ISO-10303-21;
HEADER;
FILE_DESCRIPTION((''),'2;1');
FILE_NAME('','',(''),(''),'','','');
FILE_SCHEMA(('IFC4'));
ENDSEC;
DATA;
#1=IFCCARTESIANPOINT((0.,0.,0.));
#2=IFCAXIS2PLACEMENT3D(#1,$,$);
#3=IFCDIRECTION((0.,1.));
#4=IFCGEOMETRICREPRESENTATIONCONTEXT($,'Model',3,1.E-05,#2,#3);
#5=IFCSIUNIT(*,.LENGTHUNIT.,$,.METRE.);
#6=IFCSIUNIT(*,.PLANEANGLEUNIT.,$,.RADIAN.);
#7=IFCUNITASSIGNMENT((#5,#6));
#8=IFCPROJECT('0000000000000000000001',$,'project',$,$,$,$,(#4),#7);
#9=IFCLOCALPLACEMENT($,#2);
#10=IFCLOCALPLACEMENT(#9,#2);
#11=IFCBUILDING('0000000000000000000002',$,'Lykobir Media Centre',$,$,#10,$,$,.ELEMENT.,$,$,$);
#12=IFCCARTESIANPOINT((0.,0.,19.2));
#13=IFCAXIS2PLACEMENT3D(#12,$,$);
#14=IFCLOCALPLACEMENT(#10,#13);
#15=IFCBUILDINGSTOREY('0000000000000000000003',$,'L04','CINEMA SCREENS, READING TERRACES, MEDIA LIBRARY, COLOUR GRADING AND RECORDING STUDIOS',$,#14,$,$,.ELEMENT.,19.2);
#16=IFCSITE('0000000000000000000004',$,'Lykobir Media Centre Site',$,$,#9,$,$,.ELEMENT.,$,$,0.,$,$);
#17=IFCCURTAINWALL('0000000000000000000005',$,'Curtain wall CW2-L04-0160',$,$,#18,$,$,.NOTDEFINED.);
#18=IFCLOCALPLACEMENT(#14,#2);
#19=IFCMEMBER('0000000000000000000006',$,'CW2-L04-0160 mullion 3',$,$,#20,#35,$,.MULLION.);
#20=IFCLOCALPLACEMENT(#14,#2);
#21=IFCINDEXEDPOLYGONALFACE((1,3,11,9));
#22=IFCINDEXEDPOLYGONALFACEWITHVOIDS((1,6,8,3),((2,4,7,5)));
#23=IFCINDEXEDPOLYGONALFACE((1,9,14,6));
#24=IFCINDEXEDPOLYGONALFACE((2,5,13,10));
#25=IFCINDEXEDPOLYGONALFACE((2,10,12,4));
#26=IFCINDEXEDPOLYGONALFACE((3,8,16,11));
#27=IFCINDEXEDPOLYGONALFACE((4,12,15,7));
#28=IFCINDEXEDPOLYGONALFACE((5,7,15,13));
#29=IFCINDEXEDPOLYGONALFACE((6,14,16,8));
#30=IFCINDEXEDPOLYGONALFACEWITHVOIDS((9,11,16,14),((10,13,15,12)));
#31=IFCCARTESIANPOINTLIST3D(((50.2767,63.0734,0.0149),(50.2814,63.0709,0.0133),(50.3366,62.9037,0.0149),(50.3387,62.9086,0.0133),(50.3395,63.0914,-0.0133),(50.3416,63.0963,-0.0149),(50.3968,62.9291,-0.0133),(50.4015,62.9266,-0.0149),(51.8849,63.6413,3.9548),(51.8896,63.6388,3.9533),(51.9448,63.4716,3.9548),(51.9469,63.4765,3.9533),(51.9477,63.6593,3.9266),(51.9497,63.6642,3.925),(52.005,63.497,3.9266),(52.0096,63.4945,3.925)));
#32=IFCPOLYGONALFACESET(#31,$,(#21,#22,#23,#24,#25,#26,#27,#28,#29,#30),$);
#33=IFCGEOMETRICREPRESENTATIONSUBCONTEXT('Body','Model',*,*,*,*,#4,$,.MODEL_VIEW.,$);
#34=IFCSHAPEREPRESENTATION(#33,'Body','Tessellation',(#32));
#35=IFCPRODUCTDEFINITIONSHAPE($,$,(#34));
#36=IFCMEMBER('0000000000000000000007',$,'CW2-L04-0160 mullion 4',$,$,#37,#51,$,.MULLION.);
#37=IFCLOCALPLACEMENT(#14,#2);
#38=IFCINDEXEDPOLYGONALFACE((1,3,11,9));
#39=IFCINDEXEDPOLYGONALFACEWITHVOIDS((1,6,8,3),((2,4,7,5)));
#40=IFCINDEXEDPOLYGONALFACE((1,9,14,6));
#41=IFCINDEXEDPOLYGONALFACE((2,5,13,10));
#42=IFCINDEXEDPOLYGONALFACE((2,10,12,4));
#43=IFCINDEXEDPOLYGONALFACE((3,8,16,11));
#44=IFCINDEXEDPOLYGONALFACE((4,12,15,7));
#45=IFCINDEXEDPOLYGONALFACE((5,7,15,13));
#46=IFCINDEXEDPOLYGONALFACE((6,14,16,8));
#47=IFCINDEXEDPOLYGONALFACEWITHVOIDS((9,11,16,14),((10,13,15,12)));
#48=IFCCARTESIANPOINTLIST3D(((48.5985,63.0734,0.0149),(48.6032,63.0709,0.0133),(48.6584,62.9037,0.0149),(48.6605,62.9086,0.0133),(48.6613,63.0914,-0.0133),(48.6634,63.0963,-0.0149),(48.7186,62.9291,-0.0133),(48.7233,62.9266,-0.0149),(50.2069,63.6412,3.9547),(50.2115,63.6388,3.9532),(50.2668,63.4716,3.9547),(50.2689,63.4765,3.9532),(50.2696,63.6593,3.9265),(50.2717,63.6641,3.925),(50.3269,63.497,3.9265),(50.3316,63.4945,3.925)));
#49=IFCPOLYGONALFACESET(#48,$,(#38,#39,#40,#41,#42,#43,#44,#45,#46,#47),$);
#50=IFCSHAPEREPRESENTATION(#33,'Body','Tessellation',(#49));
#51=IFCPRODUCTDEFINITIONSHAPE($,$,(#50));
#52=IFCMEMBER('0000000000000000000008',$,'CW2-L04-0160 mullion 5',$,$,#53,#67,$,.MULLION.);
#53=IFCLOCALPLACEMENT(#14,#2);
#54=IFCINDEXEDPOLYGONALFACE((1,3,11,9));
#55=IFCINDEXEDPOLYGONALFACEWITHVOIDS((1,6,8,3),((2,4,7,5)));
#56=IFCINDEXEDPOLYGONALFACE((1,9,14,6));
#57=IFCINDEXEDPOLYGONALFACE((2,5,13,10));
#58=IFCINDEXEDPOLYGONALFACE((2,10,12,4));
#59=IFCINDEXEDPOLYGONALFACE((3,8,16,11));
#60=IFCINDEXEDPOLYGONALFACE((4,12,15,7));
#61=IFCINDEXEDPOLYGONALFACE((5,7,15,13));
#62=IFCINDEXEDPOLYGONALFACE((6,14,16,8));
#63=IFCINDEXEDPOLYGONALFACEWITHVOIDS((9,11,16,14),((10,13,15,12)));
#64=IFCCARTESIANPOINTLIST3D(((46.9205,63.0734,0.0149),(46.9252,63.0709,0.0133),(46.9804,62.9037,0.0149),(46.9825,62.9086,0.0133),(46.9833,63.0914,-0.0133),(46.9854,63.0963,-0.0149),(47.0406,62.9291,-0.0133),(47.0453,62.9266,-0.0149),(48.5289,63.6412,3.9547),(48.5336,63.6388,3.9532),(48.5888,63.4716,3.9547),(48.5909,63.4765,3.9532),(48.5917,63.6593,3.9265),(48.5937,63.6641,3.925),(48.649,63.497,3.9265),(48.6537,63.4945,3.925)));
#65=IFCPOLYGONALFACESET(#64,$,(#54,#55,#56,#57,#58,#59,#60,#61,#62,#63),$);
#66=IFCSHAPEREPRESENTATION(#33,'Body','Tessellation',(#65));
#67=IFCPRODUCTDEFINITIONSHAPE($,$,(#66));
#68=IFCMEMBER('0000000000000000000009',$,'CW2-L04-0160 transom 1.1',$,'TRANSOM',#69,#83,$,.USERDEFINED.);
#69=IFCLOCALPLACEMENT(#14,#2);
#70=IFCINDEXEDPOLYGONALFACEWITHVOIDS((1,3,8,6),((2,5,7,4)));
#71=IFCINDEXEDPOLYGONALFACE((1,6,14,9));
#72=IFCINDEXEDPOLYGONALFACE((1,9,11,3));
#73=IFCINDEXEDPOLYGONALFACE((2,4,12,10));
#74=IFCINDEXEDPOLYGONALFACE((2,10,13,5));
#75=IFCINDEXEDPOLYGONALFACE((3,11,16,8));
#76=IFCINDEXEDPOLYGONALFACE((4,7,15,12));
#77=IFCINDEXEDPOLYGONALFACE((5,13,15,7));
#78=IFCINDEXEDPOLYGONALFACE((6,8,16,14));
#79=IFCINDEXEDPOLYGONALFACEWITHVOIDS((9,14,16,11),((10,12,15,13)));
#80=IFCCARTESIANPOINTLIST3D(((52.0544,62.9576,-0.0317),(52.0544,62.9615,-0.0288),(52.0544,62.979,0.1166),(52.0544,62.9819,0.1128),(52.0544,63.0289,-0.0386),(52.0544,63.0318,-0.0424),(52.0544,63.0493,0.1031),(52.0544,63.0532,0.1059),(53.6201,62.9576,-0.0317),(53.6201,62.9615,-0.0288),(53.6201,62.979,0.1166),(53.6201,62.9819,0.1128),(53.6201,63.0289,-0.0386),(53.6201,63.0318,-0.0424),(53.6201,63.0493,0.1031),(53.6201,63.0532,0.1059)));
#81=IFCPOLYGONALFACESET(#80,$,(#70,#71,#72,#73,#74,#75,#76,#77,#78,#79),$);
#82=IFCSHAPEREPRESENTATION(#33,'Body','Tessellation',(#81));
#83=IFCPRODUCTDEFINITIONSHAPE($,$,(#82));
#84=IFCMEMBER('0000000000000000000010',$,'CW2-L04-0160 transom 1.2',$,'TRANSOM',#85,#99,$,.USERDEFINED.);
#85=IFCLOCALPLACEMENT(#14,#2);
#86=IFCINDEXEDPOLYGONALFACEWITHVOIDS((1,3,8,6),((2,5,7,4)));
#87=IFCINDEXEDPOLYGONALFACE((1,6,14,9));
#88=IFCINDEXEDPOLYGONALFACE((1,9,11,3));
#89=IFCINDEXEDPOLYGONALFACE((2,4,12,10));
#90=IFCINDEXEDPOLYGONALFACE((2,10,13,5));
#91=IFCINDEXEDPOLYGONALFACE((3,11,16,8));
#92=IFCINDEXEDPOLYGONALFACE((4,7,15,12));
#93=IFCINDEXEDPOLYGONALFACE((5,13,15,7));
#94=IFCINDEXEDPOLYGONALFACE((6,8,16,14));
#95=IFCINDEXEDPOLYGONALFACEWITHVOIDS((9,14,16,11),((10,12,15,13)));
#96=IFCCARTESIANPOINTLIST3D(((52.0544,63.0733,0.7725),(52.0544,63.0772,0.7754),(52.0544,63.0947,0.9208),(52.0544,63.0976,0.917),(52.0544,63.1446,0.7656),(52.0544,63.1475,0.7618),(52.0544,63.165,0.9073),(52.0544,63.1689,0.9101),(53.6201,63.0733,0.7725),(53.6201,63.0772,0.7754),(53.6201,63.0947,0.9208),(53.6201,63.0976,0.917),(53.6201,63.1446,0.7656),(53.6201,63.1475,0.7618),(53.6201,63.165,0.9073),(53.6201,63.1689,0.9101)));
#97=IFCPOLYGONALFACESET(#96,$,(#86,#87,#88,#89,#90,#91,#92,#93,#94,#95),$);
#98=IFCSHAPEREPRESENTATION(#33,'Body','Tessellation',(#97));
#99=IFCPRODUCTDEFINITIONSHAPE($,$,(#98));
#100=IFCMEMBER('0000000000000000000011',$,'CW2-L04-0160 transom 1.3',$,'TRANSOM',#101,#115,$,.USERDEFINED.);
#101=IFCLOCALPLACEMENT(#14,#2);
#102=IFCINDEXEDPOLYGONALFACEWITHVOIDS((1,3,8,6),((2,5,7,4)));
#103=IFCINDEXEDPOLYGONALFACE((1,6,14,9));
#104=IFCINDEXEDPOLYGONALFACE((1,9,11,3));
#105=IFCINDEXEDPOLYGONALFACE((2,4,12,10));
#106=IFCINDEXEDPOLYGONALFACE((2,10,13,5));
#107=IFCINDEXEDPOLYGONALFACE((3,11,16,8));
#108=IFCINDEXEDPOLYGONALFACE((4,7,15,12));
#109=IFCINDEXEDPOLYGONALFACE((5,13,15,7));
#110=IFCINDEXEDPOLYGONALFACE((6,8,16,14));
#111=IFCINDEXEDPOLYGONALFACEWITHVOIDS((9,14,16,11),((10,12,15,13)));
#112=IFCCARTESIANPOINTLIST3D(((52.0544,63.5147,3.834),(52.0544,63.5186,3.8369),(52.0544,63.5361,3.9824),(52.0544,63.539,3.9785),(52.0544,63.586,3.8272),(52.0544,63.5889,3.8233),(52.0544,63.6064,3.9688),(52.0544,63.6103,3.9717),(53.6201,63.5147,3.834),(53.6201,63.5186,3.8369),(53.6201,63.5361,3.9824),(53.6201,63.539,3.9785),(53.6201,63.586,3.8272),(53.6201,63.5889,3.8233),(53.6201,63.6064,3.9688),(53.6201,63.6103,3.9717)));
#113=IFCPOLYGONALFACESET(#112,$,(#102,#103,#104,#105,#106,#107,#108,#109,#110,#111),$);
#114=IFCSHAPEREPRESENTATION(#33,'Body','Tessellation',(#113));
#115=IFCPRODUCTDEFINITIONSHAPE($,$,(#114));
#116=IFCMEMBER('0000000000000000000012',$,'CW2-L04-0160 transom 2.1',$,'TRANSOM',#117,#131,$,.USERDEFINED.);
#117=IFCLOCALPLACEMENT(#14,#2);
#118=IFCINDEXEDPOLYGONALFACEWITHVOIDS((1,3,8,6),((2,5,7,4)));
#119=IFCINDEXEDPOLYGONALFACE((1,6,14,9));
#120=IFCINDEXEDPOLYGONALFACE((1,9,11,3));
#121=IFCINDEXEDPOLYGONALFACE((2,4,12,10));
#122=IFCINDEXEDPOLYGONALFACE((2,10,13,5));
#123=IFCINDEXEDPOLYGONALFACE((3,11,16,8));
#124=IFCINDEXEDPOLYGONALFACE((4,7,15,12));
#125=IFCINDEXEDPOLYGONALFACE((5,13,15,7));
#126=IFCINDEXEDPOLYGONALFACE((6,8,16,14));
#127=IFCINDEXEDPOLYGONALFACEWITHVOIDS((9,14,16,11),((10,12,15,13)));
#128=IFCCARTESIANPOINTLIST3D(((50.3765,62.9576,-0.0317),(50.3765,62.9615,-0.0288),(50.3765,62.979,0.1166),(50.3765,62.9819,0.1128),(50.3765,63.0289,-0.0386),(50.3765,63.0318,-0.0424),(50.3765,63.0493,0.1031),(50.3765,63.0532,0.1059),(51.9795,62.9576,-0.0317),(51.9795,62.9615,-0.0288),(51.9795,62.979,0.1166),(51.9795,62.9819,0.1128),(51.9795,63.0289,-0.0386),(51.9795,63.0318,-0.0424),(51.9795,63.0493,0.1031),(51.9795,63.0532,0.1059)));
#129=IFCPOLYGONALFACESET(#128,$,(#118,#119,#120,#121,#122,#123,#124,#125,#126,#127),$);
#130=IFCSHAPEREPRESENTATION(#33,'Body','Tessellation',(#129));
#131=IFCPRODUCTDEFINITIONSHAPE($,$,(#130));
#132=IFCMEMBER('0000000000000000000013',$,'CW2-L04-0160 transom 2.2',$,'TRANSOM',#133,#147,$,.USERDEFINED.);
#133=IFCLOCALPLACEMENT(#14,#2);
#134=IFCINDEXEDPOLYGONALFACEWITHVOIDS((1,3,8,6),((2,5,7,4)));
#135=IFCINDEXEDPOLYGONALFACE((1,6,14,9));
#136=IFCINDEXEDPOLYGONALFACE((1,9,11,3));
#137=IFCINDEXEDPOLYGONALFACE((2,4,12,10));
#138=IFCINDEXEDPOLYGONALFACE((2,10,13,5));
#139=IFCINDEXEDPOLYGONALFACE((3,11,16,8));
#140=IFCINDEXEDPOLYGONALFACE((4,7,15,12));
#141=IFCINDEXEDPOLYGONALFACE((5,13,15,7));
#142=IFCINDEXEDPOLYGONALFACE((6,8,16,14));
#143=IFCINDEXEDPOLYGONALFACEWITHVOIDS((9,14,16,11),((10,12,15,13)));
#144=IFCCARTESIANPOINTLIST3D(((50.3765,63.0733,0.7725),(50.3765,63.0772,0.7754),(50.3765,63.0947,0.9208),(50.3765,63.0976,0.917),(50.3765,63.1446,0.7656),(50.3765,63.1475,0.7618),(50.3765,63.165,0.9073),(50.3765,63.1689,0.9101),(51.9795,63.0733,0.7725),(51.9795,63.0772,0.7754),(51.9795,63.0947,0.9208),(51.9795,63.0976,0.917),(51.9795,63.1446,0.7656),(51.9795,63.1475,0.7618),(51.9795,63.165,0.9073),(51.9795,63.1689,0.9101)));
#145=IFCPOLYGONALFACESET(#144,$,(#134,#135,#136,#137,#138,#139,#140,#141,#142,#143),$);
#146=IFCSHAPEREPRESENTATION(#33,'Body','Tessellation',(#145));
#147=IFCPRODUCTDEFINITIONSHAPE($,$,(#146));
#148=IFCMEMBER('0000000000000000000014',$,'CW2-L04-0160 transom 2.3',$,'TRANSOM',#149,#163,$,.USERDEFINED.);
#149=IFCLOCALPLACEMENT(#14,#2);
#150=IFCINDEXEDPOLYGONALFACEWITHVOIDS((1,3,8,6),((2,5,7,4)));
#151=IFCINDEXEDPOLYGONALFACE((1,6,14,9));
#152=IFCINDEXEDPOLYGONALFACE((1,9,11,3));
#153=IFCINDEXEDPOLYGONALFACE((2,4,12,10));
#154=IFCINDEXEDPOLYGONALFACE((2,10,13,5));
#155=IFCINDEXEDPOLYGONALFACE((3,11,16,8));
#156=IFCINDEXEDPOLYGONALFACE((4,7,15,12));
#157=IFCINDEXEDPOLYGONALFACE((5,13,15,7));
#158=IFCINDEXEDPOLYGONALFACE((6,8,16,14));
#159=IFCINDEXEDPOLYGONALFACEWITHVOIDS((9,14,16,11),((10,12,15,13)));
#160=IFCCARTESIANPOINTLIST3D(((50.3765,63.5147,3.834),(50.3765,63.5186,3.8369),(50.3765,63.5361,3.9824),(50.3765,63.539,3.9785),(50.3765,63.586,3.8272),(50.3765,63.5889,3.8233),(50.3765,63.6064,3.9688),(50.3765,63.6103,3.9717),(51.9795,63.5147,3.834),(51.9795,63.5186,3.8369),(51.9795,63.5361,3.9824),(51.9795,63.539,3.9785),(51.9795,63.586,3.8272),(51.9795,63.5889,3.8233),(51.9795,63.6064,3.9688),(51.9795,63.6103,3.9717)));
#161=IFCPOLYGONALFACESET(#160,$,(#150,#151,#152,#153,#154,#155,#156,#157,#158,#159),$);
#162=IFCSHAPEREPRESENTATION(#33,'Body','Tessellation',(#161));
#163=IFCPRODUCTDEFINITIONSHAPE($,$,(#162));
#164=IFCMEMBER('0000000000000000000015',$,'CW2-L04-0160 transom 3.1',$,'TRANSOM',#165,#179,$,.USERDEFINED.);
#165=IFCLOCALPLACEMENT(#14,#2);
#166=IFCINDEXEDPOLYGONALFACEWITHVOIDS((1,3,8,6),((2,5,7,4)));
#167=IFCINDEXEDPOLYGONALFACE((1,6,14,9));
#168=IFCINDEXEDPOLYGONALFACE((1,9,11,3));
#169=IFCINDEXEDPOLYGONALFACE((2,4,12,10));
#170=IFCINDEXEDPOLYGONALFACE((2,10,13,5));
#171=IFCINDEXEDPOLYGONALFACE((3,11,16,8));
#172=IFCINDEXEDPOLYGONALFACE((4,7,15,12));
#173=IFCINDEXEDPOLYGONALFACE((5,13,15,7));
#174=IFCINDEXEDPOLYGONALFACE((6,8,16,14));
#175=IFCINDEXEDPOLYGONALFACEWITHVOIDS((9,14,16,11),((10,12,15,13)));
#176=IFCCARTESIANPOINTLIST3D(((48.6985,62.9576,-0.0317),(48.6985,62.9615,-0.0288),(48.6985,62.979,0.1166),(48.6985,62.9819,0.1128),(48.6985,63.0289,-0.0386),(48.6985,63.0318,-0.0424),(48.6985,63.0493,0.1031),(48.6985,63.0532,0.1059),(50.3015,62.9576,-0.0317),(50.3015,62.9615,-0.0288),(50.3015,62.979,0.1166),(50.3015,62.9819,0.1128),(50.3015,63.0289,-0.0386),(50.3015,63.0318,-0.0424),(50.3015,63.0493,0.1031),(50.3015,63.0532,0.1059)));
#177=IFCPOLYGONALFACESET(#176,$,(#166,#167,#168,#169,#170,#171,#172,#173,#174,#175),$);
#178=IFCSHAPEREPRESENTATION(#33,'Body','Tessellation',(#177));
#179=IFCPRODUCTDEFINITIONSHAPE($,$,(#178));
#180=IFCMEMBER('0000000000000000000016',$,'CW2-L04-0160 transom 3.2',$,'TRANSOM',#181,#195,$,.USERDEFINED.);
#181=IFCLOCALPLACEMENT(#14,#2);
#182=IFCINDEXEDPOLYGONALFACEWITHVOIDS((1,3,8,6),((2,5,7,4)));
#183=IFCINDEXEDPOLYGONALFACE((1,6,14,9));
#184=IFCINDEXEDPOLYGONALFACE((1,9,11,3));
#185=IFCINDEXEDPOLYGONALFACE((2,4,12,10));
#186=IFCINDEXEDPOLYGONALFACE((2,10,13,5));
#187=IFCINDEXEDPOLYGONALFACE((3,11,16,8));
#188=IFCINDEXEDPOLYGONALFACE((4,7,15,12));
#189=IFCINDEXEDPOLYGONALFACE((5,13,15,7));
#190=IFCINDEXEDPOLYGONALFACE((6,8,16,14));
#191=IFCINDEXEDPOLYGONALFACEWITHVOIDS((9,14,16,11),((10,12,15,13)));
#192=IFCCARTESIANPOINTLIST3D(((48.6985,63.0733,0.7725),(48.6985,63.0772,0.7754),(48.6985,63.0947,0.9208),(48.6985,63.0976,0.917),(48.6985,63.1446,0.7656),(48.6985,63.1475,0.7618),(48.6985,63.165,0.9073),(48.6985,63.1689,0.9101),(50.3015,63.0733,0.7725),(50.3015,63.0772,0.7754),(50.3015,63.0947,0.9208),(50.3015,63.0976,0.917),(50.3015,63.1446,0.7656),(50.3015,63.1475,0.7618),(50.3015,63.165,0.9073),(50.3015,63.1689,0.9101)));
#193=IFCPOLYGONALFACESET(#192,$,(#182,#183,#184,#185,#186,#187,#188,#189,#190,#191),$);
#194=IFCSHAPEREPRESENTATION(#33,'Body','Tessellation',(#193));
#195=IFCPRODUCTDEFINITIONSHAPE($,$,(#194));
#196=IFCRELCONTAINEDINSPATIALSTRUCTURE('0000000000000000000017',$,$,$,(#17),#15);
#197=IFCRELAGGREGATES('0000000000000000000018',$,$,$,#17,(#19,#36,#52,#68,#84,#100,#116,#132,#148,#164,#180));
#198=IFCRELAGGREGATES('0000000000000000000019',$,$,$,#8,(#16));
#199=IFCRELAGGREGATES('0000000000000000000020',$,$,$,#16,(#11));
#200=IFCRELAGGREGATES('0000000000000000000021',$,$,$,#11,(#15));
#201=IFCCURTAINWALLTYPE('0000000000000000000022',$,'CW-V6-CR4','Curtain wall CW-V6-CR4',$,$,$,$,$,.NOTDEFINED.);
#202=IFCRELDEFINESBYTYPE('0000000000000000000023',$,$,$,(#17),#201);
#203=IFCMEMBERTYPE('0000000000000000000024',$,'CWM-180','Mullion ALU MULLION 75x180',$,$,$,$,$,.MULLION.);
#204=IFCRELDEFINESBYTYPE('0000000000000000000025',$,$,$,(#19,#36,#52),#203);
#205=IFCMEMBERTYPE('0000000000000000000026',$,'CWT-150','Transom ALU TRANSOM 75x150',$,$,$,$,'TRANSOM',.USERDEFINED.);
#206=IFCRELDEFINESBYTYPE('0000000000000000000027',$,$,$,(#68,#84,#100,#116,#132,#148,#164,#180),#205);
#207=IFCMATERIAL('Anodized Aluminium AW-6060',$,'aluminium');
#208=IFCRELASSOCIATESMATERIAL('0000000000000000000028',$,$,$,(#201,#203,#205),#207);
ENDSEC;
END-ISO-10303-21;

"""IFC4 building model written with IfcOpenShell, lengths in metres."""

from ifc_helpers import new_model, si_unit, direction, frame, origin, origin_2d, place, context, subcontext, project, spatial, hollow_rectangle, extrude, material, material_profile, profile_set, type_object, element, aggregate, save


model = new_model("IFC4")

# Units and contexts
model_context = context("Model", 3, precision=1e-05, world=origin(), true_north=direction((0.0, 1.0)))
body_context = subcontext(model_context, "Body", "Model", "MODEL_VIEW")
ifc_project = project(units=[si_unit("LENGTHUNIT", "METRE"), si_unit("PLANEANGLEUNIT", "RADIAN")], contexts=[model_context])

# Site, building, storey
site_placement = place(None, origin())
site = spatial("IfcSite", under=ifc_project, at=site_placement, Name="Lykobir Media Centre Site", CompositionType="ELEMENT", RefElevation=0.0)
building_placement = place(site_placement, origin())
building = spatial("IfcBuilding", under=site, at=building_placement, Name="Lykobir Media Centre", CompositionType="ELEMENT")
storey_placement = place(building_placement, frame((0.0, 0.0, 19.2)))
storey = spatial("IfcBuildingStorey", under=building, at=storey_placement, Name="L04", Description="CINEMA SCREENS, READING TERRACES, MEDIA LIBRARY, COLOUR GRADING AND RECORDING STUDIOS", CompositionType="ELEMENT", Elevation=19.2)

# Curtain wall, members
ifc_material_1 = material(Name="Anodized Aluminium AW-6060", Category="aluminium")
curtain_wall_type_1 = type_object("IfcCurtainWallType", Name="CW-V6-CR4", Description="Curtain wall CW-V6-CR4", PredefinedType="NOTDEFINED", material=ifc_material_1)
curtain_wall_1_placement = place(storey_placement, origin())
curtain_wall_1 = element("IfcCurtainWall", 1, at=curtain_wall_1_placement, inside=storey, type_object=curtain_wall_type_1, Name="Curtain wall CW2-L04-0160", PredefinedType="NOTDEFINED")
ifc_material_profile_1 = material_profile(ifc_material_1, hollow_rectangle(XDim=0.075, YDim=0.1799, WallThickness=0.0039, at=origin_2d()), Name="ALU MULLION 75x180")
ifc_profile_set_1 = profile_set([ifc_material_profile_1], Name="Anodized Aluminium AW-6060")
member_type_1 = type_object("IfcMemberType", Name="CWM-180", Description="Mullion ALU MULLION 75x180", PredefinedType="MULLION", material=ifc_profile_set_1)
member_1_placement = place(storey_placement, frame((50.3391, 63.0, 0.0), z_axis=(0.37458, 0.132271, 0.917711), x_axis=(0.865345, 0.30557, -0.397248)))
member_1 = element("IfcMember", 2, at=member_1_placement, type_object=member_type_1, Name="CW2-L04-0160 mullion 3", PredefinedType="MULLION", context=body_context, shape_type="SweptSolid", body=[
    extrude(hollow_rectangle(XDim=0.075, YDim=0.1799, WallThickness=0.0039, at=origin_2d()), origin(), (0.0, 0.0, 1.0), 4.2932),
])
member_2_placement = place(storey_placement, frame((48.6609, 63.0, 0.0), z_axis=(0.374628, 0.132269, 0.917692), x_axis=(0.865341, 0.305523, -0.397293)))
member_2 = element("IfcMember", 3, at=member_2_placement, type_object=member_type_1, Name="CW2-L04-0160 mullion 4", PredefinedType="MULLION", context=body_context, shape_type="SweptSolid", body=[
    extrude(hollow_rectangle(XDim=0.075, YDim=0.1799, WallThickness=0.0039, at=origin_2d()), origin(), (0.0, 0.0, 1.0), 4.2932),
])
member_3_placement = place(storey_placement, frame((46.9829, 63.0, 0.0), z_axis=(0.374628, 0.132269, 0.917692), x_axis=(0.865341, 0.305523, -0.397293)))
member_3 = element("IfcMember", 4, at=member_3_placement, type_object=member_type_1, Name="CW2-L04-0160 mullion 5", PredefinedType="MULLION", context=body_context, shape_type="SweptSolid", body=[
    extrude(hollow_rectangle(XDim=0.075, YDim=0.1799, WallThickness=0.0039, at=origin_2d()), origin(), (0.0, 0.0, 1.0), 4.2932),
])
ifc_material_profile_2 = material_profile(ifc_material_1, hollow_rectangle(XDim=0.075, YDim=0.1499, WallThickness=0.0034, at=origin_2d()), Name="ALU TRANSOM 75x150")
ifc_profile_set_2 = profile_set([ifc_material_profile_2], Name="Anodized Aluminium AW-6060")
member_type_2 = type_object("IfcMemberType", Name="CWT-150", Description="Transom ALU TRANSOM 75x150", ElementType="TRANSOM", PredefinedType="USERDEFINED", material=ifc_profile_set_2)
member_4_placement = place(storey_placement, frame((53.6201, 63.0054, 0.0371), z_axis=(-1.0, 0.0, 0.0), x_axis=(0.0, -0.989776, 0.142629)))
member_4 = element("IfcMember", 5, at=member_4_placement, type_object=member_type_2, Name="CW2-L04-0160 transom 1.1", ObjectType="TRANSOM", PredefinedType="USERDEFINED", context=body_context, shape_type="SweptSolid", body=[
    extrude(hollow_rectangle(XDim=0.075, YDim=0.1499, WallThickness=0.0034, at=origin_2d()), origin(), (0.0, 0.0, 1.0), 1.5657),
])
member_5_placement = place(storey_placement, frame((53.6201, 63.1211, 0.8413), z_axis=(-1.0, 0.0, 0.0), x_axis=(0.0, -0.989776, 0.142629)))
member_5 = element("IfcMember", 6, at=member_5_placement, type_object=member_type_2, Name="CW2-L04-0160 transom 1.2", ObjectType="TRANSOM", PredefinedType="USERDEFINED", context=body_context, shape_type="SweptSolid", body=[
    extrude(hollow_rectangle(XDim=0.075, YDim=0.1499, WallThickness=0.0034, at=origin_2d()), origin(), (0.0, 0.0, 1.0), 1.5657),
])
member_6_placement = place(storey_placement, frame((53.6201, 63.5625, 3.9028), z_axis=(-1.0, 0.0, 0.0), x_axis=(0.0, -0.989776, 0.142629)))
member_6 = element("IfcMember", 7, at=member_6_placement, type_object=member_type_2, Name="CW2-L04-0160 transom 1.3", ObjectType="TRANSOM", PredefinedType="USERDEFINED", context=body_context, shape_type="SweptSolid", body=[
    extrude(hollow_rectangle(XDim=0.075, YDim=0.1499, WallThickness=0.0034, at=origin_2d()), origin(), (0.0, 0.0, 1.0), 1.5657),
])
member_7_placement = place(storey_placement, frame((51.9795, 63.0054, 0.0371), z_axis=(-1.0, 0.0, 0.0), x_axis=(0.0, -0.989776, 0.142629)))
member_7 = element("IfcMember", 8, at=member_7_placement, type_object=member_type_2, Name="CW2-L04-0160 transom 2.1", ObjectType="TRANSOM", PredefinedType="USERDEFINED", context=body_context, shape_type="SweptSolid", body=[
    extrude(hollow_rectangle(XDim=0.075, YDim=0.1499, WallThickness=0.0034, at=origin_2d()), origin(), (0.0, 0.0, 1.0), 1.603),
])
member_8_placement = place(storey_placement, frame((51.9795, 63.1211, 0.8413), z_axis=(-1.0, 0.0, 0.0), x_axis=(0.0, -0.989776, 0.142629)))
member_8 = element("IfcMember", 9, at=member_8_placement, type_object=member_type_2, Name="CW2-L04-0160 transom 2.2", ObjectType="TRANSOM", PredefinedType="USERDEFINED", context=body_context, shape_type="SweptSolid", body=[
    extrude(hollow_rectangle(XDim=0.075, YDim=0.1499, WallThickness=0.0034, at=origin_2d()), origin(), (0.0, 0.0, 1.0), 1.603),
])
member_9_placement = place(storey_placement, frame((51.9795, 63.5625, 3.9028), z_axis=(-1.0, 0.0, 0.0), x_axis=(0.0, -0.989776, 0.142629)))
member_9 = element("IfcMember", 10, at=member_9_placement, type_object=member_type_2, Name="CW2-L04-0160 transom 2.3", ObjectType="TRANSOM", PredefinedType="USERDEFINED", context=body_context, shape_type="SweptSolid", body=[
    extrude(hollow_rectangle(XDim=0.075, YDim=0.1499, WallThickness=0.0034, at=origin_2d()), origin(), (0.0, 0.0, 1.0), 1.603),
])
member_10_placement = place(storey_placement, frame((50.3015, 63.0054, 0.0371), z_axis=(-1.0, 0.0, 0.0), x_axis=(0.0, -0.989776, 0.142629)))
member_10 = element("IfcMember", 11, at=member_10_placement, type_object=member_type_2, Name="CW2-L04-0160 transom 3.1", ObjectType="TRANSOM", PredefinedType="USERDEFINED", context=body_context, shape_type="SweptSolid", body=[
    extrude(hollow_rectangle(XDim=0.075, YDim=0.1499, WallThickness=0.0034, at=origin_2d()), origin(), (0.0, 0.0, 1.0), 1.603),
])
member_11_placement = place(storey_placement, frame((50.3015, 63.1211, 0.8413), z_axis=(-1.0, 0.0, 0.0), x_axis=(0.0, -0.989776, 0.142629)))
member_11 = element("IfcMember", 12, at=member_11_placement, type_object=member_type_2, Name="CW2-L04-0160 transom 3.2", ObjectType="TRANSOM", PredefinedType="USERDEFINED", context=body_context, shape_type="SweptSolid", body=[
    extrude(hollow_rectangle(XDim=0.075, YDim=0.1499, WallThickness=0.0034, at=origin_2d()), origin(), (0.0, 0.0, 1.0), 1.603),
])

aggregate(curtain_wall_1, [member_1, member_2, member_3, member_4, member_5, member_6, member_7, member_8, member_9, member_10, member_11])

save(model, "model.ifc")
